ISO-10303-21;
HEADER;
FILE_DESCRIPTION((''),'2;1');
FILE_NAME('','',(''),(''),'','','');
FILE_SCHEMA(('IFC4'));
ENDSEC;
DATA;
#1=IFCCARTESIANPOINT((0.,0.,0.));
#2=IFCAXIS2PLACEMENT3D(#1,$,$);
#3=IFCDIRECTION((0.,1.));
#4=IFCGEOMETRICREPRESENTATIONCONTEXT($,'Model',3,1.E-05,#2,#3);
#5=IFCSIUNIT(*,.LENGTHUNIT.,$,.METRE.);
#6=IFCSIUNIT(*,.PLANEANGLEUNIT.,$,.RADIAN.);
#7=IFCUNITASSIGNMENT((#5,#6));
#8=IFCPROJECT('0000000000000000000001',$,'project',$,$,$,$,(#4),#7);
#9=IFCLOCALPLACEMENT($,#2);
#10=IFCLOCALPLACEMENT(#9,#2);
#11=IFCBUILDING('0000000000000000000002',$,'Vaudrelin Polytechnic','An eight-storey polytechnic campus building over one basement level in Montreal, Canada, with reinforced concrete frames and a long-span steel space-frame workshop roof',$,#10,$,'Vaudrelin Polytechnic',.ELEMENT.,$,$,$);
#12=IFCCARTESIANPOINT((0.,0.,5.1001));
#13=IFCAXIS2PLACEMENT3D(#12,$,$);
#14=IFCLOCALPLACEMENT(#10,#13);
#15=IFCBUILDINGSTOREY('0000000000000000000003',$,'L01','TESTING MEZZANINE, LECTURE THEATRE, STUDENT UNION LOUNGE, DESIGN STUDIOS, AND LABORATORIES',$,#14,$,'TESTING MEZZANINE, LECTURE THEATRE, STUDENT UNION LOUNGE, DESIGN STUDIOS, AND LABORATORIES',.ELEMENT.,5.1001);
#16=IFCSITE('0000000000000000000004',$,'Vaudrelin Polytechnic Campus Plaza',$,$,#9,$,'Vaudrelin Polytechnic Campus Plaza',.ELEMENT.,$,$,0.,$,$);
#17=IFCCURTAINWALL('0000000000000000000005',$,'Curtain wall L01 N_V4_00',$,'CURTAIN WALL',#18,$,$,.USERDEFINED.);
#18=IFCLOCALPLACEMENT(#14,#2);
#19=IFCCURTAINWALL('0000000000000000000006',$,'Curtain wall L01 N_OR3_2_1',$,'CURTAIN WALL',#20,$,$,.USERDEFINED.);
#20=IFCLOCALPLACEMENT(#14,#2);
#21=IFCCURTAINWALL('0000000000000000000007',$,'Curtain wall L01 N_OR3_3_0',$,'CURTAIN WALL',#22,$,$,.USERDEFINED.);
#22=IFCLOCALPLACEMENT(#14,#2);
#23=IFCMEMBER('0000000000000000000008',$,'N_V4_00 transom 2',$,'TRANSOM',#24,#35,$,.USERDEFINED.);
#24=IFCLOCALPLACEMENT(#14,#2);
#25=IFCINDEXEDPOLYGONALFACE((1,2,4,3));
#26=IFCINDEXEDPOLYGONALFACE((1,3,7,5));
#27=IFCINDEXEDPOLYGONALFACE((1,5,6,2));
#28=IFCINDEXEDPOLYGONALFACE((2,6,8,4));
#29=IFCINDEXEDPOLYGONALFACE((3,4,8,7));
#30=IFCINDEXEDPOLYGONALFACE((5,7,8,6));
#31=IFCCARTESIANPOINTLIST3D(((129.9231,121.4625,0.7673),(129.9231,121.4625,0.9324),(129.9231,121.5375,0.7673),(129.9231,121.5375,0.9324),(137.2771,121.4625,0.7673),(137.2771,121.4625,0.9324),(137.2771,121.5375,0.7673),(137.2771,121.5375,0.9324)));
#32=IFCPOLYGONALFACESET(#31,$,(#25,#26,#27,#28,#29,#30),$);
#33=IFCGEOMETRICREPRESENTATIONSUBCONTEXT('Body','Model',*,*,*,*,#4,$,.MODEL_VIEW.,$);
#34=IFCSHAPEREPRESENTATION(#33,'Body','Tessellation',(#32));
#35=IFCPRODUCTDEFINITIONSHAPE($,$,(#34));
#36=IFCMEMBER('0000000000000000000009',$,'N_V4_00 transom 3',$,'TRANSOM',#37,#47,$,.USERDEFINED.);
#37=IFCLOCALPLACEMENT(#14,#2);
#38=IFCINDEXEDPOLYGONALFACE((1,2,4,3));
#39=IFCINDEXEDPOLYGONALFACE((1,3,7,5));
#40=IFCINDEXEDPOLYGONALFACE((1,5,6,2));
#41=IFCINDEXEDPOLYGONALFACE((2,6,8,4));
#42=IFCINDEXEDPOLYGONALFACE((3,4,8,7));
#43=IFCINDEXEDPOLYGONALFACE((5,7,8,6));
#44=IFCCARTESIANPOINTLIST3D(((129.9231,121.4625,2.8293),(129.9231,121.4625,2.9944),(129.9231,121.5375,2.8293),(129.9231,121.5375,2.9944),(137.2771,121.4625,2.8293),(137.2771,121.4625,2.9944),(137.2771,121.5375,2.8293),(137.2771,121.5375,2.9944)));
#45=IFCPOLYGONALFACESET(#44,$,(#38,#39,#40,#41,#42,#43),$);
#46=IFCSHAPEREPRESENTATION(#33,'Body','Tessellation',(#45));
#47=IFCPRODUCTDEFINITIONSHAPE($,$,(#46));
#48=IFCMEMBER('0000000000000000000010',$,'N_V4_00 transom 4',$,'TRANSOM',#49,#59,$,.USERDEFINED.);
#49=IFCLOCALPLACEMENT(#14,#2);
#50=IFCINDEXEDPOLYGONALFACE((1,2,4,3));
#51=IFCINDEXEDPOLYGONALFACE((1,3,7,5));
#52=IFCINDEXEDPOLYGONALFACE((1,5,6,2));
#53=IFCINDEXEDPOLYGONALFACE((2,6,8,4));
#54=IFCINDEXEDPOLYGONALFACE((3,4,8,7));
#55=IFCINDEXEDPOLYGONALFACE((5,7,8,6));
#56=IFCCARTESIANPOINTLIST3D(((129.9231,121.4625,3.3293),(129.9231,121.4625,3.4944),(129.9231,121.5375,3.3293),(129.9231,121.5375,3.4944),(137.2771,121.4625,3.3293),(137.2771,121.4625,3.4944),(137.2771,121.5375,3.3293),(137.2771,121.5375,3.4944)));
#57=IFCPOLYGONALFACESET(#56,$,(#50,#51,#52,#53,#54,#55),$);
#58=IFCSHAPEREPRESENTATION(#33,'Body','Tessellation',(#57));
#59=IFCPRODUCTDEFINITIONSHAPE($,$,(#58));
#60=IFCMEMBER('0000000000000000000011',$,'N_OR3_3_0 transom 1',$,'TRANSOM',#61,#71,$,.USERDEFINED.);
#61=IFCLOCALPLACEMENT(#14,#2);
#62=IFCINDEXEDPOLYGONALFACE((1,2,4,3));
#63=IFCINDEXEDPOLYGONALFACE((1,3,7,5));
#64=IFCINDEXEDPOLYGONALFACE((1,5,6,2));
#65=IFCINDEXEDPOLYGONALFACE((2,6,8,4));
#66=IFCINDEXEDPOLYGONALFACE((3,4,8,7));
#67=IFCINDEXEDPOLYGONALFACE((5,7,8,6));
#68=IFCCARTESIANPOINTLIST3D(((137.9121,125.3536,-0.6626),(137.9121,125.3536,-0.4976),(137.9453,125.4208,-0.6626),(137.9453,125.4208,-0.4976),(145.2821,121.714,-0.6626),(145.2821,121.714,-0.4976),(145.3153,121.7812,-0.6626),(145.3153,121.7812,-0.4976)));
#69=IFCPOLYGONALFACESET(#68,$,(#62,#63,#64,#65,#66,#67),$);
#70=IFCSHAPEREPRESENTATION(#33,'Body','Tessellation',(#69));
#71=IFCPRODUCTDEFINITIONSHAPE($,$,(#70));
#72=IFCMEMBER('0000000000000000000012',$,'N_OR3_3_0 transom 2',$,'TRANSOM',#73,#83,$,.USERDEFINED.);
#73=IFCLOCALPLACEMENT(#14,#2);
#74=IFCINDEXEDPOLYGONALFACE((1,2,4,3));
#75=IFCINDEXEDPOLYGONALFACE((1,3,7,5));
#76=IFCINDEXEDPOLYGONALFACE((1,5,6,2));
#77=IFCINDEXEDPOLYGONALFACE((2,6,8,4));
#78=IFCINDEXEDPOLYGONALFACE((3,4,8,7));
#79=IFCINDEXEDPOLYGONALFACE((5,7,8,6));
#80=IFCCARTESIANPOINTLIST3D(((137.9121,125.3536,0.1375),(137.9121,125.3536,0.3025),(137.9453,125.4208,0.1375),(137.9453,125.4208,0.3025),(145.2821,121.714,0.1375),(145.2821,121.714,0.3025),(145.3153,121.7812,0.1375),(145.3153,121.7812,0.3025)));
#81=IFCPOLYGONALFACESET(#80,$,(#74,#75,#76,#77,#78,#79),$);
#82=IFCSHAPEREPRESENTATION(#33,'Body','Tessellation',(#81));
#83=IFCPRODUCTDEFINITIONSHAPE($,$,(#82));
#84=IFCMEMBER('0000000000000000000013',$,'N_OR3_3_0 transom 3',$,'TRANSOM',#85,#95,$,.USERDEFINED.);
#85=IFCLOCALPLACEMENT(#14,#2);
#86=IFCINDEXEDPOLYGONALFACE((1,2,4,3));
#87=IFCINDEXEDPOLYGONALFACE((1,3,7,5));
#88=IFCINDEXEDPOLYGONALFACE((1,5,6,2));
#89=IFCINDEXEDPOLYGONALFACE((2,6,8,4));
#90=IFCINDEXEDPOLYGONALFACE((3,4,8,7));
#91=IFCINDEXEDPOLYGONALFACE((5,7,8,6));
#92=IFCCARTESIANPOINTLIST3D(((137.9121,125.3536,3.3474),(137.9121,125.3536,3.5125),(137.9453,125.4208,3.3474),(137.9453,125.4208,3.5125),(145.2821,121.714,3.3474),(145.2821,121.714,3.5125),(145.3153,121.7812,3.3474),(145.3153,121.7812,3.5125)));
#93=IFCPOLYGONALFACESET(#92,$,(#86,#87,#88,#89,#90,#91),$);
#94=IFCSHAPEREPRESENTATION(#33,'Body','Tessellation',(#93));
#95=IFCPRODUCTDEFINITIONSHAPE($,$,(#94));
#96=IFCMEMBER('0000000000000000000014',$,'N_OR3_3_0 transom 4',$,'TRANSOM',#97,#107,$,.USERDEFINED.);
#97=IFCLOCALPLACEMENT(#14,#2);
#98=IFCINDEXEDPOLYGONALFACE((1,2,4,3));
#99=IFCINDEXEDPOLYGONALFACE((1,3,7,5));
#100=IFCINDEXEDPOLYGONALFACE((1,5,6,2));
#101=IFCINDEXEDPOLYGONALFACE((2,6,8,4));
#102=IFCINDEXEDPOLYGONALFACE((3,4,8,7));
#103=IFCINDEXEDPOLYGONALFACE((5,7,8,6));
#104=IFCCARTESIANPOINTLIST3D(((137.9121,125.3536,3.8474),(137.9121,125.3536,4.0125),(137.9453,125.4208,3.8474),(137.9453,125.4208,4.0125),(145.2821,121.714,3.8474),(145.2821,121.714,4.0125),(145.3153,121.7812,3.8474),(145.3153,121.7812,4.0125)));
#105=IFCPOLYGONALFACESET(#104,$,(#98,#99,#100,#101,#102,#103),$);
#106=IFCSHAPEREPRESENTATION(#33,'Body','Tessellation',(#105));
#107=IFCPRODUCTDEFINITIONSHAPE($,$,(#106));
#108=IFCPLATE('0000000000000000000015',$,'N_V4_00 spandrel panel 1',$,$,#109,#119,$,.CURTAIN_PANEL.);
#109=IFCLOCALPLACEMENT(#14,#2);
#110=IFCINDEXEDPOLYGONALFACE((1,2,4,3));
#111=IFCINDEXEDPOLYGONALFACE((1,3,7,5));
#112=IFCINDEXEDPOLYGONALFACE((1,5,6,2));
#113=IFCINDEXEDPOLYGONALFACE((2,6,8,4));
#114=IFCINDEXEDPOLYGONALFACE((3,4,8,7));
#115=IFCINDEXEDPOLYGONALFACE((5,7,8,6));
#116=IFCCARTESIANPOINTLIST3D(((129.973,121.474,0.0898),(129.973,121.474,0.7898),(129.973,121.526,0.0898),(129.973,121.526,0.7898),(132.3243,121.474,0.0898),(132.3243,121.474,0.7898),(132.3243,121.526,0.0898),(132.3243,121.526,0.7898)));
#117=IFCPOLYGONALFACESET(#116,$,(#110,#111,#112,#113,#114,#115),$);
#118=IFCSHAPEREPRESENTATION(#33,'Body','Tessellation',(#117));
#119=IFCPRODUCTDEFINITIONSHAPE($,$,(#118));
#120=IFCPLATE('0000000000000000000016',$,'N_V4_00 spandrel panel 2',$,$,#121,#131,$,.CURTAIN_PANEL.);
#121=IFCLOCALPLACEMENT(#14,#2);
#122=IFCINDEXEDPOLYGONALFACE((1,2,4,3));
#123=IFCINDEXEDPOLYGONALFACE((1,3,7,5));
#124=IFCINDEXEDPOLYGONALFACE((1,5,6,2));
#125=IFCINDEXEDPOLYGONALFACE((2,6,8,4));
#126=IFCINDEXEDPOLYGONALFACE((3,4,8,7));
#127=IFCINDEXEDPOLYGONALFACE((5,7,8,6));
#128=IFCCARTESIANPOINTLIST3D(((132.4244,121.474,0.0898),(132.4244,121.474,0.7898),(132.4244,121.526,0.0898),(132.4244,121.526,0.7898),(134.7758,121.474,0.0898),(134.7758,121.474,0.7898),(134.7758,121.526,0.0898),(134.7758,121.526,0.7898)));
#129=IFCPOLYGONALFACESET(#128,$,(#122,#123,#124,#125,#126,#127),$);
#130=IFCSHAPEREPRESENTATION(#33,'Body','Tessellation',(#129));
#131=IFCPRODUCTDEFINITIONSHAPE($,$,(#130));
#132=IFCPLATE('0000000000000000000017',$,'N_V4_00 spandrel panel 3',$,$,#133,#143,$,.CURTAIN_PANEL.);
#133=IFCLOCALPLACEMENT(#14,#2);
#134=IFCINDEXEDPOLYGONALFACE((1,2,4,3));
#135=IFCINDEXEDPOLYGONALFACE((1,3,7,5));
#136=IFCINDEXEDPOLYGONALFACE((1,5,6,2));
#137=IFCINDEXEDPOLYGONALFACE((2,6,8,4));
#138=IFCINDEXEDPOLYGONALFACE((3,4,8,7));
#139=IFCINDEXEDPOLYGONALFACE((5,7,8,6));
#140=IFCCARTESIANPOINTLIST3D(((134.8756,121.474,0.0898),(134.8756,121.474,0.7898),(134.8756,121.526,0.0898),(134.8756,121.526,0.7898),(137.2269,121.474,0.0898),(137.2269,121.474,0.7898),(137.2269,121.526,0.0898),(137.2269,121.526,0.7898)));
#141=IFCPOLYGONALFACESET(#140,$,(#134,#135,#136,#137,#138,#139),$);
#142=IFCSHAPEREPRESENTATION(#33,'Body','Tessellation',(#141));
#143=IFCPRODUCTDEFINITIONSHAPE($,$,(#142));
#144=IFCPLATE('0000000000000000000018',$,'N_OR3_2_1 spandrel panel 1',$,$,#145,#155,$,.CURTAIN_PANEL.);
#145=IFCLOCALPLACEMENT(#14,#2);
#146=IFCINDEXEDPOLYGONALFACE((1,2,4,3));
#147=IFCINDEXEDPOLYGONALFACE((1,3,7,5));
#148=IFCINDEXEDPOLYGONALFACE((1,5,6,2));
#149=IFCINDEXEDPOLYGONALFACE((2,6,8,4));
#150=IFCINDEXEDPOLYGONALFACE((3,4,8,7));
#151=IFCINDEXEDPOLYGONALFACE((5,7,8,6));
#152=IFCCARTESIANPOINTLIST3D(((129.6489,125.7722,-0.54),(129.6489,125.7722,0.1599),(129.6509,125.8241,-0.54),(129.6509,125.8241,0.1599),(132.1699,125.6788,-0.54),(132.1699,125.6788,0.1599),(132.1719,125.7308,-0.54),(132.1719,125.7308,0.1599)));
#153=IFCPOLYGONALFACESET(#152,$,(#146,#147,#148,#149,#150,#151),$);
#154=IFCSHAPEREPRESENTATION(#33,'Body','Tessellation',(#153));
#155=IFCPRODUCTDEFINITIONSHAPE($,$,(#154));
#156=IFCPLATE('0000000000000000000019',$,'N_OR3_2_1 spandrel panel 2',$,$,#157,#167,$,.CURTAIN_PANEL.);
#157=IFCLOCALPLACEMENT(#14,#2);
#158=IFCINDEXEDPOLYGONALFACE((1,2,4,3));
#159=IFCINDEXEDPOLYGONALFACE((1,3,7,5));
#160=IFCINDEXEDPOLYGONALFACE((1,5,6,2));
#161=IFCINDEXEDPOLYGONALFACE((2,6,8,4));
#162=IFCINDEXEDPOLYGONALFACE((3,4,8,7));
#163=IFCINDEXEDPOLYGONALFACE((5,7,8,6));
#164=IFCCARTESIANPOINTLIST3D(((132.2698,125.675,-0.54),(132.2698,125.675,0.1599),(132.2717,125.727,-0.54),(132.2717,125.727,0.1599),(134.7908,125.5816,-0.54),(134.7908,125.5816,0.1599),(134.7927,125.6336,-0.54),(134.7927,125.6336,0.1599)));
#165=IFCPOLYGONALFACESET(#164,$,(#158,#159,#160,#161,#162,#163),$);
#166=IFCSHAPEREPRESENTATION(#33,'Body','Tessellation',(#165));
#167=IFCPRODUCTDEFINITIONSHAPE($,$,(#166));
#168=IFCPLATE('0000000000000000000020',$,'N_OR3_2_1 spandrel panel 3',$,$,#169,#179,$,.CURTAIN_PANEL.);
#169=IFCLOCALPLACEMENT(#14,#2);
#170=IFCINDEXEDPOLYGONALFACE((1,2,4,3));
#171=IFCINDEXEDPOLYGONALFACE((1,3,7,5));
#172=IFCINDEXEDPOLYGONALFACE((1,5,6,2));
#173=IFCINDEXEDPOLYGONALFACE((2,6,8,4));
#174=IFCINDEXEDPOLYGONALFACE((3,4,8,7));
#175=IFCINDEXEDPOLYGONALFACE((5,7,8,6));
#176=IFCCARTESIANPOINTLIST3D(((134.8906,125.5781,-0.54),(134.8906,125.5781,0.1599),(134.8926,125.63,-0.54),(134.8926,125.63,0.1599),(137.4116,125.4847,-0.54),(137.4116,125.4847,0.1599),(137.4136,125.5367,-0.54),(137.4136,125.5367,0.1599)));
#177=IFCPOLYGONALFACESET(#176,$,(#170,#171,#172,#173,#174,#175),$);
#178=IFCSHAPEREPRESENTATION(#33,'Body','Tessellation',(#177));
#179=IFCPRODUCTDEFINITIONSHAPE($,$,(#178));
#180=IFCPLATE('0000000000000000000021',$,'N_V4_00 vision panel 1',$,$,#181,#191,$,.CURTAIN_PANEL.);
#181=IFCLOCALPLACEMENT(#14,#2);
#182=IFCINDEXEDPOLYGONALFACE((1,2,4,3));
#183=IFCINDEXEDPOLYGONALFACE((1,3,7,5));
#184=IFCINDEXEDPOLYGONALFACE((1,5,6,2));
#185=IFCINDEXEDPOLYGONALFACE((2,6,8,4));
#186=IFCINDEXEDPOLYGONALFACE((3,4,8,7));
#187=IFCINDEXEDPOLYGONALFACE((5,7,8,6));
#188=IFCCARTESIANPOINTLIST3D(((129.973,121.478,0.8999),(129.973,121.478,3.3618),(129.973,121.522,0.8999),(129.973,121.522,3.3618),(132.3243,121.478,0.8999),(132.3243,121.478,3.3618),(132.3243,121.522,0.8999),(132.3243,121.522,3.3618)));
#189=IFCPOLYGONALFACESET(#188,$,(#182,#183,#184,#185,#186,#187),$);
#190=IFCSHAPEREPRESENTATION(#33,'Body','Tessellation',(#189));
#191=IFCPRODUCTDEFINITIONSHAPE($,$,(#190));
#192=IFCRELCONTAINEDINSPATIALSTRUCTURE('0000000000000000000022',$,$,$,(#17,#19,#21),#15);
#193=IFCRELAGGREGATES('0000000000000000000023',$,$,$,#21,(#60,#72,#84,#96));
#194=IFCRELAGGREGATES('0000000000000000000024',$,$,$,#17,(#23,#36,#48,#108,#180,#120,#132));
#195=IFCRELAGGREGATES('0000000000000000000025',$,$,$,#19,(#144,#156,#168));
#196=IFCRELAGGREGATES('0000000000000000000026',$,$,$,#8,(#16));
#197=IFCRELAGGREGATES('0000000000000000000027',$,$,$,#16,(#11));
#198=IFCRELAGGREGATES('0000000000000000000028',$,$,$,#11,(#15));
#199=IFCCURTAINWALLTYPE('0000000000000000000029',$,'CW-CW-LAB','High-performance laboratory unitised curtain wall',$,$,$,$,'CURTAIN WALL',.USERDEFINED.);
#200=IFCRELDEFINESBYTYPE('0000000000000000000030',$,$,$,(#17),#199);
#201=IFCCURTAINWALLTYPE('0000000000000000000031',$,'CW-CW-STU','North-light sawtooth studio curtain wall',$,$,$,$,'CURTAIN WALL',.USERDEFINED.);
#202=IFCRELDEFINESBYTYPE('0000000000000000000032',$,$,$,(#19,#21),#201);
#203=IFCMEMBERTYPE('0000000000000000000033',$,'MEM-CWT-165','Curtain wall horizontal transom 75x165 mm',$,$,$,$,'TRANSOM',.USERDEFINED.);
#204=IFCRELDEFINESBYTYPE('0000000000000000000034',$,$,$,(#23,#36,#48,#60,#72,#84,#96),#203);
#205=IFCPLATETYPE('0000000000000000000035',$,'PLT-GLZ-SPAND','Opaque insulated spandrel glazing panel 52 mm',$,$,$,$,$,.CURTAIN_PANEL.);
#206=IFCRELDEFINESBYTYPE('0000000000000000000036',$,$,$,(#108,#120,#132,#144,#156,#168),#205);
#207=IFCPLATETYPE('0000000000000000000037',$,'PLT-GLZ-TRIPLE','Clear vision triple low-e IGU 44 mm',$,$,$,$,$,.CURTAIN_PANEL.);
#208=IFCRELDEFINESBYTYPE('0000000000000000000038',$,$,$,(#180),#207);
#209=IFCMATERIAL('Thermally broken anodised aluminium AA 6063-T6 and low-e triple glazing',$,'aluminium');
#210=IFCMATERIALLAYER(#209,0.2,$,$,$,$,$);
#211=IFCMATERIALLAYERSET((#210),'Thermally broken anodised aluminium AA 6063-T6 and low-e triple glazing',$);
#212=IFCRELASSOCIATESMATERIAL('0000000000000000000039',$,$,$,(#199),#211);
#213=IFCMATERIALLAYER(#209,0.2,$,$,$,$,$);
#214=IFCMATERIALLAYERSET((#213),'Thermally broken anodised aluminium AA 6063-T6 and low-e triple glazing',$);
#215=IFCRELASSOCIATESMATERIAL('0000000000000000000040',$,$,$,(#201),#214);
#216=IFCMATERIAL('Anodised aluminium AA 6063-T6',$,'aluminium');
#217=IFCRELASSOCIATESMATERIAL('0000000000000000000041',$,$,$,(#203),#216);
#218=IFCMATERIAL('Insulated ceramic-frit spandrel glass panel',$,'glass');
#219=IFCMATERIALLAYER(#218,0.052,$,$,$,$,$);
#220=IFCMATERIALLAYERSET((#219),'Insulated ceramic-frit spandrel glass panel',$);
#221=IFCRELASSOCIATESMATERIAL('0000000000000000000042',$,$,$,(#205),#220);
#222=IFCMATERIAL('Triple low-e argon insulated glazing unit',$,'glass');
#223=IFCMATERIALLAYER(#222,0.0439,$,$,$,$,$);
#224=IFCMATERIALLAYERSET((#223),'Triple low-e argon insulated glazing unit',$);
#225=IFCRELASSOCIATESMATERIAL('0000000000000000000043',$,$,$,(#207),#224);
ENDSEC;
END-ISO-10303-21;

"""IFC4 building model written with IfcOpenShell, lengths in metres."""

from ifc_helpers import new_model, si_unit, direction, frame, origin, origin_2d, place, context, subcontext, project, spatial, rectangle, extrude, material, layer, layer_set, material_profile, profile_set, type_object, element, aggregate, save


model = new_model("IFC4")

# Units and contexts
model_context = context("Model", 3, precision=1e-05, world=origin(), true_north=direction((0.0, 1.0)))
body_context = subcontext(model_context, "Body", "Model", "MODEL_VIEW")
ifc_project = project(units=[si_unit("LENGTHUNIT", "METRE"), si_unit("PLANEANGLEUNIT", "RADIAN")], contexts=[model_context])

# Site, building, storey
site_placement = place(None, origin())
site = spatial("IfcSite", under=ifc_project, at=site_placement, Name="Vaudrelin Polytechnic Campus Plaza", LongName="Vaudrelin Polytechnic Campus Plaza", CompositionType="ELEMENT", RefElevation=0.0)
building_placement = place(site_placement, origin())
building = spatial("IfcBuilding", under=site, at=building_placement, Name="Vaudrelin Polytechnic", Description="An eight-storey polytechnic campus building over one basement level in Montreal, Canada, with reinforced concrete frames and a long-span steel space-frame workshop roof", LongName="Vaudrelin Polytechnic", CompositionType="ELEMENT")
storey_placement = place(building_placement, frame((0.0, 0.0, 5.1001)))
storey = spatial("IfcBuildingStorey", under=building, at=storey_placement, Name="L01", Description="TESTING MEZZANINE, LECTURE THEATRE, STUDENT UNION LOUNGE, DESIGN STUDIOS, AND LABORATORIES", LongName="TESTING MEZZANINE, LECTURE THEATRE, STUDENT UNION LOUNGE, DESIGN STUDIOS, AND LABORATORIES", CompositionType="ELEMENT", Elevation=5.1001)

# Curtain walls
ifc_material_1 = material(Name="Thermally broken anodised aluminium AA 6063-T6 and low-e triple glazing", Category="aluminium")
ifc_layer_1 = layer(ifc_material_1, 0.2)
ifc_layer_set_1 = layer_set([ifc_layer_1], Name="Thermally broken anodised aluminium AA 6063-T6 and low-e triple glazing")
curtain_wall_type_1 = type_object("IfcCurtainWallType", Name="CW-CW-LAB", Description="High-performance laboratory unitised curtain wall", ElementType="CURTAIN WALL", PredefinedType="USERDEFINED", material=ifc_layer_set_1)
curtain_wall_1_placement = place(storey_placement, origin())
curtain_wall_1 = element("IfcCurtainWall", 1, at=curtain_wall_1_placement, inside=storey, type_object=curtain_wall_type_1, Name="Curtain wall L01 N_V4_00", ObjectType="CURTAIN WALL", PredefinedType="USERDEFINED")
ifc_material_2 = material(Name="Anodised aluminium AA 6063-T6", Category="aluminium")
ifc_layer_2 = layer(ifc_material_1, 0.2)
ifc_layer_set_2 = layer_set([ifc_layer_2], Name="Thermally broken anodised aluminium AA 6063-T6 and low-e triple glazing")
curtain_wall_type_2 = type_object("IfcCurtainWallType", Name="CW-CW-STU", Description="North-light sawtooth studio curtain wall", ElementType="CURTAIN WALL", PredefinedType="USERDEFINED", material=ifc_layer_set_2)
curtain_wall_2_placement = place(storey_placement, origin())
curtain_wall_2 = element("IfcCurtainWall", 2, at=curtain_wall_2_placement, inside=storey, type_object=curtain_wall_type_2, Name="Curtain wall L01 N_OR3_2_1", ObjectType="CURTAIN WALL", PredefinedType="USERDEFINED")

# Curtain wall
curtain_wall_3_placement = place(storey_placement, origin())
curtain_wall_3 = element("IfcCurtainWall", 3, at=curtain_wall_3_placement, inside=storey, type_object=curtain_wall_type_2, Name="Curtain wall L01 N_OR3_3_0", ObjectType="CURTAIN WALL", PredefinedType="USERDEFINED")

# Members
ifc_material_profile_1 = material_profile(ifc_material_2, rectangle(XDim=0.075, YDim=0.165, at=origin_2d()), Name="CWT-75x165")
ifc_profile_set_1 = profile_set([ifc_material_profile_1], Name="Anodised aluminium AA 6063-T6")
member_type_1 = type_object("IfcMemberType", Name="MEM-CWT-165", Description="Curtain wall horizontal transom 75x165 mm", ElementType="TRANSOM", PredefinedType="USERDEFINED", material=ifc_profile_set_1)
member_1_placement = place(storey_placement, frame((129.9231, 121.5, 0.8499), z_axis=(1.0, 0.0, 0.0), x_axis=(0.0, 1.0, 0.0)))
member_1 = element("IfcMember", 4, at=member_1_placement, type_object=member_type_1, Name="N_V4_00 transom 2", ObjectType="TRANSOM", PredefinedType="USERDEFINED", context=body_context, shape_type="SweptSolid", body=[
    extrude(rectangle(XDim=0.075, YDim=0.165, at=origin_2d()), origin(), (0.0, 0.0, 1.0), 7.354),
])
member_2_placement = place(storey_placement, frame((129.9231, 121.5, 2.9119), z_axis=(1.0, 0.0, 0.0), x_axis=(0.0, 1.0, 0.0)))
member_2 = element("IfcMember", 5, at=member_2_placement, type_object=member_type_1, Name="N_V4_00 transom 3", ObjectType="TRANSOM", PredefinedType="USERDEFINED", context=body_context, shape_type="SweptSolid", body=[
    extrude(rectangle(XDim=0.075, YDim=0.165, at=origin_2d()), origin(), (0.0, 0.0, 1.0), 7.354),
])
member_3_placement = place(storey_placement, frame((129.9231, 121.5, 3.4119), z_axis=(1.0, 0.0, 0.0), x_axis=(0.0, 1.0, 0.0)))
member_3 = element("IfcMember", 6, at=member_3_placement, type_object=member_type_1, Name="N_V4_00 transom 4", ObjectType="TRANSOM", PredefinedType="USERDEFINED", context=body_context, shape_type="SweptSolid", body=[
    extrude(rectangle(XDim=0.075, YDim=0.165, at=origin_2d()), origin(), (0.0, 0.0, 1.0), 7.354),
])
member_4_placement = place(storey_placement, frame((137.9287, 125.3872, -0.5801), z_axis=(0.896626, -0.442789, 0.0), x_axis=(0.442789, 0.896626, 0.0)))
member_4 = element("IfcMember", 7, at=member_4_placement, type_object=member_type_1, Name="N_OR3_3_0 transom 1", ObjectType="TRANSOM", PredefinedType="USERDEFINED", context=body_context, shape_type="SweptSolid", body=[
    extrude(rectangle(XDim=0.075, YDim=0.165, at=origin_2d()), origin(), (0.0, 0.0, 1.0), 8.2197),
])
member_5_placement = place(storey_placement, frame((137.9287, 125.3872, 0.22), z_axis=(0.896626, -0.442789, 0.0), x_axis=(0.442789, 0.896626, 0.0)))
member_5 = element("IfcMember", 8, at=member_5_placement, type_object=member_type_1, Name="N_OR3_3_0 transom 2", ObjectType="TRANSOM", PredefinedType="USERDEFINED", context=body_context, shape_type="SweptSolid", body=[
    extrude(rectangle(XDim=0.075, YDim=0.165, at=origin_2d()), origin(), (0.0, 0.0, 1.0), 8.2197),
])
member_6_placement = place(storey_placement, frame((137.9287, 125.3872, 3.4299), z_axis=(0.896626, -0.442789, 0.0), x_axis=(0.442789, 0.896626, 0.0)))
member_6 = element("IfcMember", 9, at=member_6_placement, type_object=member_type_1, Name="N_OR3_3_0 transom 3", ObjectType="TRANSOM", PredefinedType="USERDEFINED", context=body_context, shape_type="SweptSolid", body=[
    extrude(rectangle(XDim=0.075, YDim=0.165, at=origin_2d()), origin(), (0.0, 0.0, 1.0), 8.2197),
])
member_7_placement = place(storey_placement, frame((137.9287, 125.3872, 3.9299), z_axis=(0.896626, -0.442789, 0.0), x_axis=(0.442789, 0.896626, 0.0)))
member_7 = element("IfcMember", 10, at=member_7_placement, type_object=member_type_1, Name="N_OR3_3_0 transom 4", ObjectType="TRANSOM", PredefinedType="USERDEFINED", context=body_context, shape_type="SweptSolid", body=[
    extrude(rectangle(XDim=0.075, YDim=0.165, at=origin_2d()), origin(), (0.0, 0.0, 1.0), 8.2197),
])
aggregate(curtain_wall_3, [member_4, member_5, member_6, member_7])

# Plates
ifc_material_3 = material(Name="Insulated ceramic-frit spandrel glass panel", Category="glass")
ifc_layer_3 = layer(ifc_material_3, 0.052)
ifc_layer_set_3 = layer_set([ifc_layer_3], Name="Insulated ceramic-frit spandrel glass panel")
plate_type_1 = type_object("IfcPlateType", Name="PLT-GLZ-SPAND", Description="Opaque insulated spandrel glazing panel 52 mm", PredefinedType="CURTAIN_PANEL", material=ifc_layer_set_3)
plate_1_placement = place(storey_placement, frame((131.1487, 121.5, 0.0898), z_axis=(0.0, 0.0, 1.0), x_axis=(1.0, 0.0, 0.0)))
plate_1 = element("IfcPlate", 11, at=plate_1_placement, type_object=plate_type_1, Name="N_V4_00 spandrel panel 1", PredefinedType="CURTAIN_PANEL", context=body_context, shape_type="SweptSolid", body=[
    extrude(rectangle(XDim=2.3513, YDim=0.052, at=origin_2d()), origin(), (0.0, 0.0, 1.0), 0.7),
])
plate_2_placement = place(storey_placement, frame((133.6001, 121.5, 0.0898), z_axis=(0.0, 0.0, 1.0), x_axis=(1.0, 0.0, 0.0)))
plate_2 = element("IfcPlate", 12, at=plate_2_placement, type_object=plate_type_1, Name="N_V4_00 spandrel panel 2", PredefinedType="CURTAIN_PANEL", context=body_context, shape_type="SweptSolid", body=[
    extrude(rectangle(XDim=2.3513, YDim=0.052, at=origin_2d()), origin(), (0.0, 0.0, 1.0), 0.7),
])
plate_3_placement = place(storey_placement, frame((136.0513, 121.5, 0.0898), z_axis=(0.0, 0.0, 1.0), x_axis=(1.0, 0.0, 0.0)))
plate_3 = element("IfcPlate", 13, at=plate_3_placement, type_object=plate_type_1, Name="N_V4_00 spandrel panel 3", PredefinedType="CURTAIN_PANEL", context=body_context, shape_type="SweptSolid", body=[
    extrude(rectangle(XDim=2.3513, YDim=0.052, at=origin_2d()), origin(), (0.0, 0.0, 1.0), 0.7),
])
plate_4_placement = place(storey_placement, frame((130.9104, 125.7515, -0.54), z_axis=(0.0, 0.0, 1.0), x_axis=(0.999315, -0.037011, 0.0)))
plate_4 = element("IfcPlate", 14, at=plate_4_placement, type_object=plate_type_1, Name="N_OR3_2_1 spandrel panel 1", PredefinedType="CURTAIN_PANEL", context=body_context, shape_type="SweptSolid", body=[
    extrude(rectangle(XDim=2.5227, YDim=0.052, at=origin_2d()), origin(), (0.0, 0.0, 1.0), 0.7),
])
plate_5_placement = place(storey_placement, frame((133.5312, 125.6543, -0.54), z_axis=(0.0, 0.0, 1.0), x_axis=(0.999315, -0.037011, 0.0)))
plate_5 = element("IfcPlate", 15, at=plate_5_placement, type_object=plate_type_1, Name="N_OR3_2_1 spandrel panel 2", PredefinedType="CURTAIN_PANEL", context=body_context, shape_type="SweptSolid", body=[
    extrude(rectangle(XDim=2.5227, YDim=0.052, at=origin_2d()), origin(), (0.0, 0.0, 1.0), 0.7),
])
plate_6_placement = place(storey_placement, frame((136.1521, 125.5574, -0.54), z_axis=(0.0, 0.0, 1.0), x_axis=(0.999315, -0.037011, 0.0)))
plate_6 = element("IfcPlate", 16, at=plate_6_placement, type_object=plate_type_1, Name="N_OR3_2_1 spandrel panel 3", PredefinedType="CURTAIN_PANEL", context=body_context, shape_type="SweptSolid", body=[
    extrude(rectangle(XDim=2.5227, YDim=0.052, at=origin_2d()), origin(), (0.0, 0.0, 1.0), 0.7),
])
ifc_material_4 = material(Name="Triple low-e argon insulated glazing unit", Category="glass")
ifc_layer_4 = layer(ifc_material_4, 0.0439)
ifc_layer_set_4 = layer_set([ifc_layer_4], Name="Triple low-e argon insulated glazing unit")
plate_type_2 = type_object("IfcPlateType", Name="PLT-GLZ-TRIPLE", Description="Clear vision triple low-e IGU 44 mm", PredefinedType="CURTAIN_PANEL", material=ifc_layer_set_4)
plate_7_placement = place(storey_placement, frame((131.1487, 121.5, 0.8999), z_axis=(0.0, 0.0, 1.0), x_axis=(1.0, 0.0, 0.0)))
plate_7 = element("IfcPlate", 17, at=plate_7_placement, type_object=plate_type_2, Name="N_V4_00 vision panel 1", PredefinedType="CURTAIN_PANEL", context=body_context, shape_type="SweptSolid", body=[
    extrude(rectangle(XDim=2.3513, YDim=0.0439, at=origin_2d()), origin(), (0.0, 0.0, 1.0), 2.4619),
])
aggregate(curtain_wall_1, [member_1, member_2, member_3, plate_1, plate_7, plate_2, plate_3])
aggregate(curtain_wall_2, [plate_4, plate_5, plate_6])

save(model, "model.ifc")
